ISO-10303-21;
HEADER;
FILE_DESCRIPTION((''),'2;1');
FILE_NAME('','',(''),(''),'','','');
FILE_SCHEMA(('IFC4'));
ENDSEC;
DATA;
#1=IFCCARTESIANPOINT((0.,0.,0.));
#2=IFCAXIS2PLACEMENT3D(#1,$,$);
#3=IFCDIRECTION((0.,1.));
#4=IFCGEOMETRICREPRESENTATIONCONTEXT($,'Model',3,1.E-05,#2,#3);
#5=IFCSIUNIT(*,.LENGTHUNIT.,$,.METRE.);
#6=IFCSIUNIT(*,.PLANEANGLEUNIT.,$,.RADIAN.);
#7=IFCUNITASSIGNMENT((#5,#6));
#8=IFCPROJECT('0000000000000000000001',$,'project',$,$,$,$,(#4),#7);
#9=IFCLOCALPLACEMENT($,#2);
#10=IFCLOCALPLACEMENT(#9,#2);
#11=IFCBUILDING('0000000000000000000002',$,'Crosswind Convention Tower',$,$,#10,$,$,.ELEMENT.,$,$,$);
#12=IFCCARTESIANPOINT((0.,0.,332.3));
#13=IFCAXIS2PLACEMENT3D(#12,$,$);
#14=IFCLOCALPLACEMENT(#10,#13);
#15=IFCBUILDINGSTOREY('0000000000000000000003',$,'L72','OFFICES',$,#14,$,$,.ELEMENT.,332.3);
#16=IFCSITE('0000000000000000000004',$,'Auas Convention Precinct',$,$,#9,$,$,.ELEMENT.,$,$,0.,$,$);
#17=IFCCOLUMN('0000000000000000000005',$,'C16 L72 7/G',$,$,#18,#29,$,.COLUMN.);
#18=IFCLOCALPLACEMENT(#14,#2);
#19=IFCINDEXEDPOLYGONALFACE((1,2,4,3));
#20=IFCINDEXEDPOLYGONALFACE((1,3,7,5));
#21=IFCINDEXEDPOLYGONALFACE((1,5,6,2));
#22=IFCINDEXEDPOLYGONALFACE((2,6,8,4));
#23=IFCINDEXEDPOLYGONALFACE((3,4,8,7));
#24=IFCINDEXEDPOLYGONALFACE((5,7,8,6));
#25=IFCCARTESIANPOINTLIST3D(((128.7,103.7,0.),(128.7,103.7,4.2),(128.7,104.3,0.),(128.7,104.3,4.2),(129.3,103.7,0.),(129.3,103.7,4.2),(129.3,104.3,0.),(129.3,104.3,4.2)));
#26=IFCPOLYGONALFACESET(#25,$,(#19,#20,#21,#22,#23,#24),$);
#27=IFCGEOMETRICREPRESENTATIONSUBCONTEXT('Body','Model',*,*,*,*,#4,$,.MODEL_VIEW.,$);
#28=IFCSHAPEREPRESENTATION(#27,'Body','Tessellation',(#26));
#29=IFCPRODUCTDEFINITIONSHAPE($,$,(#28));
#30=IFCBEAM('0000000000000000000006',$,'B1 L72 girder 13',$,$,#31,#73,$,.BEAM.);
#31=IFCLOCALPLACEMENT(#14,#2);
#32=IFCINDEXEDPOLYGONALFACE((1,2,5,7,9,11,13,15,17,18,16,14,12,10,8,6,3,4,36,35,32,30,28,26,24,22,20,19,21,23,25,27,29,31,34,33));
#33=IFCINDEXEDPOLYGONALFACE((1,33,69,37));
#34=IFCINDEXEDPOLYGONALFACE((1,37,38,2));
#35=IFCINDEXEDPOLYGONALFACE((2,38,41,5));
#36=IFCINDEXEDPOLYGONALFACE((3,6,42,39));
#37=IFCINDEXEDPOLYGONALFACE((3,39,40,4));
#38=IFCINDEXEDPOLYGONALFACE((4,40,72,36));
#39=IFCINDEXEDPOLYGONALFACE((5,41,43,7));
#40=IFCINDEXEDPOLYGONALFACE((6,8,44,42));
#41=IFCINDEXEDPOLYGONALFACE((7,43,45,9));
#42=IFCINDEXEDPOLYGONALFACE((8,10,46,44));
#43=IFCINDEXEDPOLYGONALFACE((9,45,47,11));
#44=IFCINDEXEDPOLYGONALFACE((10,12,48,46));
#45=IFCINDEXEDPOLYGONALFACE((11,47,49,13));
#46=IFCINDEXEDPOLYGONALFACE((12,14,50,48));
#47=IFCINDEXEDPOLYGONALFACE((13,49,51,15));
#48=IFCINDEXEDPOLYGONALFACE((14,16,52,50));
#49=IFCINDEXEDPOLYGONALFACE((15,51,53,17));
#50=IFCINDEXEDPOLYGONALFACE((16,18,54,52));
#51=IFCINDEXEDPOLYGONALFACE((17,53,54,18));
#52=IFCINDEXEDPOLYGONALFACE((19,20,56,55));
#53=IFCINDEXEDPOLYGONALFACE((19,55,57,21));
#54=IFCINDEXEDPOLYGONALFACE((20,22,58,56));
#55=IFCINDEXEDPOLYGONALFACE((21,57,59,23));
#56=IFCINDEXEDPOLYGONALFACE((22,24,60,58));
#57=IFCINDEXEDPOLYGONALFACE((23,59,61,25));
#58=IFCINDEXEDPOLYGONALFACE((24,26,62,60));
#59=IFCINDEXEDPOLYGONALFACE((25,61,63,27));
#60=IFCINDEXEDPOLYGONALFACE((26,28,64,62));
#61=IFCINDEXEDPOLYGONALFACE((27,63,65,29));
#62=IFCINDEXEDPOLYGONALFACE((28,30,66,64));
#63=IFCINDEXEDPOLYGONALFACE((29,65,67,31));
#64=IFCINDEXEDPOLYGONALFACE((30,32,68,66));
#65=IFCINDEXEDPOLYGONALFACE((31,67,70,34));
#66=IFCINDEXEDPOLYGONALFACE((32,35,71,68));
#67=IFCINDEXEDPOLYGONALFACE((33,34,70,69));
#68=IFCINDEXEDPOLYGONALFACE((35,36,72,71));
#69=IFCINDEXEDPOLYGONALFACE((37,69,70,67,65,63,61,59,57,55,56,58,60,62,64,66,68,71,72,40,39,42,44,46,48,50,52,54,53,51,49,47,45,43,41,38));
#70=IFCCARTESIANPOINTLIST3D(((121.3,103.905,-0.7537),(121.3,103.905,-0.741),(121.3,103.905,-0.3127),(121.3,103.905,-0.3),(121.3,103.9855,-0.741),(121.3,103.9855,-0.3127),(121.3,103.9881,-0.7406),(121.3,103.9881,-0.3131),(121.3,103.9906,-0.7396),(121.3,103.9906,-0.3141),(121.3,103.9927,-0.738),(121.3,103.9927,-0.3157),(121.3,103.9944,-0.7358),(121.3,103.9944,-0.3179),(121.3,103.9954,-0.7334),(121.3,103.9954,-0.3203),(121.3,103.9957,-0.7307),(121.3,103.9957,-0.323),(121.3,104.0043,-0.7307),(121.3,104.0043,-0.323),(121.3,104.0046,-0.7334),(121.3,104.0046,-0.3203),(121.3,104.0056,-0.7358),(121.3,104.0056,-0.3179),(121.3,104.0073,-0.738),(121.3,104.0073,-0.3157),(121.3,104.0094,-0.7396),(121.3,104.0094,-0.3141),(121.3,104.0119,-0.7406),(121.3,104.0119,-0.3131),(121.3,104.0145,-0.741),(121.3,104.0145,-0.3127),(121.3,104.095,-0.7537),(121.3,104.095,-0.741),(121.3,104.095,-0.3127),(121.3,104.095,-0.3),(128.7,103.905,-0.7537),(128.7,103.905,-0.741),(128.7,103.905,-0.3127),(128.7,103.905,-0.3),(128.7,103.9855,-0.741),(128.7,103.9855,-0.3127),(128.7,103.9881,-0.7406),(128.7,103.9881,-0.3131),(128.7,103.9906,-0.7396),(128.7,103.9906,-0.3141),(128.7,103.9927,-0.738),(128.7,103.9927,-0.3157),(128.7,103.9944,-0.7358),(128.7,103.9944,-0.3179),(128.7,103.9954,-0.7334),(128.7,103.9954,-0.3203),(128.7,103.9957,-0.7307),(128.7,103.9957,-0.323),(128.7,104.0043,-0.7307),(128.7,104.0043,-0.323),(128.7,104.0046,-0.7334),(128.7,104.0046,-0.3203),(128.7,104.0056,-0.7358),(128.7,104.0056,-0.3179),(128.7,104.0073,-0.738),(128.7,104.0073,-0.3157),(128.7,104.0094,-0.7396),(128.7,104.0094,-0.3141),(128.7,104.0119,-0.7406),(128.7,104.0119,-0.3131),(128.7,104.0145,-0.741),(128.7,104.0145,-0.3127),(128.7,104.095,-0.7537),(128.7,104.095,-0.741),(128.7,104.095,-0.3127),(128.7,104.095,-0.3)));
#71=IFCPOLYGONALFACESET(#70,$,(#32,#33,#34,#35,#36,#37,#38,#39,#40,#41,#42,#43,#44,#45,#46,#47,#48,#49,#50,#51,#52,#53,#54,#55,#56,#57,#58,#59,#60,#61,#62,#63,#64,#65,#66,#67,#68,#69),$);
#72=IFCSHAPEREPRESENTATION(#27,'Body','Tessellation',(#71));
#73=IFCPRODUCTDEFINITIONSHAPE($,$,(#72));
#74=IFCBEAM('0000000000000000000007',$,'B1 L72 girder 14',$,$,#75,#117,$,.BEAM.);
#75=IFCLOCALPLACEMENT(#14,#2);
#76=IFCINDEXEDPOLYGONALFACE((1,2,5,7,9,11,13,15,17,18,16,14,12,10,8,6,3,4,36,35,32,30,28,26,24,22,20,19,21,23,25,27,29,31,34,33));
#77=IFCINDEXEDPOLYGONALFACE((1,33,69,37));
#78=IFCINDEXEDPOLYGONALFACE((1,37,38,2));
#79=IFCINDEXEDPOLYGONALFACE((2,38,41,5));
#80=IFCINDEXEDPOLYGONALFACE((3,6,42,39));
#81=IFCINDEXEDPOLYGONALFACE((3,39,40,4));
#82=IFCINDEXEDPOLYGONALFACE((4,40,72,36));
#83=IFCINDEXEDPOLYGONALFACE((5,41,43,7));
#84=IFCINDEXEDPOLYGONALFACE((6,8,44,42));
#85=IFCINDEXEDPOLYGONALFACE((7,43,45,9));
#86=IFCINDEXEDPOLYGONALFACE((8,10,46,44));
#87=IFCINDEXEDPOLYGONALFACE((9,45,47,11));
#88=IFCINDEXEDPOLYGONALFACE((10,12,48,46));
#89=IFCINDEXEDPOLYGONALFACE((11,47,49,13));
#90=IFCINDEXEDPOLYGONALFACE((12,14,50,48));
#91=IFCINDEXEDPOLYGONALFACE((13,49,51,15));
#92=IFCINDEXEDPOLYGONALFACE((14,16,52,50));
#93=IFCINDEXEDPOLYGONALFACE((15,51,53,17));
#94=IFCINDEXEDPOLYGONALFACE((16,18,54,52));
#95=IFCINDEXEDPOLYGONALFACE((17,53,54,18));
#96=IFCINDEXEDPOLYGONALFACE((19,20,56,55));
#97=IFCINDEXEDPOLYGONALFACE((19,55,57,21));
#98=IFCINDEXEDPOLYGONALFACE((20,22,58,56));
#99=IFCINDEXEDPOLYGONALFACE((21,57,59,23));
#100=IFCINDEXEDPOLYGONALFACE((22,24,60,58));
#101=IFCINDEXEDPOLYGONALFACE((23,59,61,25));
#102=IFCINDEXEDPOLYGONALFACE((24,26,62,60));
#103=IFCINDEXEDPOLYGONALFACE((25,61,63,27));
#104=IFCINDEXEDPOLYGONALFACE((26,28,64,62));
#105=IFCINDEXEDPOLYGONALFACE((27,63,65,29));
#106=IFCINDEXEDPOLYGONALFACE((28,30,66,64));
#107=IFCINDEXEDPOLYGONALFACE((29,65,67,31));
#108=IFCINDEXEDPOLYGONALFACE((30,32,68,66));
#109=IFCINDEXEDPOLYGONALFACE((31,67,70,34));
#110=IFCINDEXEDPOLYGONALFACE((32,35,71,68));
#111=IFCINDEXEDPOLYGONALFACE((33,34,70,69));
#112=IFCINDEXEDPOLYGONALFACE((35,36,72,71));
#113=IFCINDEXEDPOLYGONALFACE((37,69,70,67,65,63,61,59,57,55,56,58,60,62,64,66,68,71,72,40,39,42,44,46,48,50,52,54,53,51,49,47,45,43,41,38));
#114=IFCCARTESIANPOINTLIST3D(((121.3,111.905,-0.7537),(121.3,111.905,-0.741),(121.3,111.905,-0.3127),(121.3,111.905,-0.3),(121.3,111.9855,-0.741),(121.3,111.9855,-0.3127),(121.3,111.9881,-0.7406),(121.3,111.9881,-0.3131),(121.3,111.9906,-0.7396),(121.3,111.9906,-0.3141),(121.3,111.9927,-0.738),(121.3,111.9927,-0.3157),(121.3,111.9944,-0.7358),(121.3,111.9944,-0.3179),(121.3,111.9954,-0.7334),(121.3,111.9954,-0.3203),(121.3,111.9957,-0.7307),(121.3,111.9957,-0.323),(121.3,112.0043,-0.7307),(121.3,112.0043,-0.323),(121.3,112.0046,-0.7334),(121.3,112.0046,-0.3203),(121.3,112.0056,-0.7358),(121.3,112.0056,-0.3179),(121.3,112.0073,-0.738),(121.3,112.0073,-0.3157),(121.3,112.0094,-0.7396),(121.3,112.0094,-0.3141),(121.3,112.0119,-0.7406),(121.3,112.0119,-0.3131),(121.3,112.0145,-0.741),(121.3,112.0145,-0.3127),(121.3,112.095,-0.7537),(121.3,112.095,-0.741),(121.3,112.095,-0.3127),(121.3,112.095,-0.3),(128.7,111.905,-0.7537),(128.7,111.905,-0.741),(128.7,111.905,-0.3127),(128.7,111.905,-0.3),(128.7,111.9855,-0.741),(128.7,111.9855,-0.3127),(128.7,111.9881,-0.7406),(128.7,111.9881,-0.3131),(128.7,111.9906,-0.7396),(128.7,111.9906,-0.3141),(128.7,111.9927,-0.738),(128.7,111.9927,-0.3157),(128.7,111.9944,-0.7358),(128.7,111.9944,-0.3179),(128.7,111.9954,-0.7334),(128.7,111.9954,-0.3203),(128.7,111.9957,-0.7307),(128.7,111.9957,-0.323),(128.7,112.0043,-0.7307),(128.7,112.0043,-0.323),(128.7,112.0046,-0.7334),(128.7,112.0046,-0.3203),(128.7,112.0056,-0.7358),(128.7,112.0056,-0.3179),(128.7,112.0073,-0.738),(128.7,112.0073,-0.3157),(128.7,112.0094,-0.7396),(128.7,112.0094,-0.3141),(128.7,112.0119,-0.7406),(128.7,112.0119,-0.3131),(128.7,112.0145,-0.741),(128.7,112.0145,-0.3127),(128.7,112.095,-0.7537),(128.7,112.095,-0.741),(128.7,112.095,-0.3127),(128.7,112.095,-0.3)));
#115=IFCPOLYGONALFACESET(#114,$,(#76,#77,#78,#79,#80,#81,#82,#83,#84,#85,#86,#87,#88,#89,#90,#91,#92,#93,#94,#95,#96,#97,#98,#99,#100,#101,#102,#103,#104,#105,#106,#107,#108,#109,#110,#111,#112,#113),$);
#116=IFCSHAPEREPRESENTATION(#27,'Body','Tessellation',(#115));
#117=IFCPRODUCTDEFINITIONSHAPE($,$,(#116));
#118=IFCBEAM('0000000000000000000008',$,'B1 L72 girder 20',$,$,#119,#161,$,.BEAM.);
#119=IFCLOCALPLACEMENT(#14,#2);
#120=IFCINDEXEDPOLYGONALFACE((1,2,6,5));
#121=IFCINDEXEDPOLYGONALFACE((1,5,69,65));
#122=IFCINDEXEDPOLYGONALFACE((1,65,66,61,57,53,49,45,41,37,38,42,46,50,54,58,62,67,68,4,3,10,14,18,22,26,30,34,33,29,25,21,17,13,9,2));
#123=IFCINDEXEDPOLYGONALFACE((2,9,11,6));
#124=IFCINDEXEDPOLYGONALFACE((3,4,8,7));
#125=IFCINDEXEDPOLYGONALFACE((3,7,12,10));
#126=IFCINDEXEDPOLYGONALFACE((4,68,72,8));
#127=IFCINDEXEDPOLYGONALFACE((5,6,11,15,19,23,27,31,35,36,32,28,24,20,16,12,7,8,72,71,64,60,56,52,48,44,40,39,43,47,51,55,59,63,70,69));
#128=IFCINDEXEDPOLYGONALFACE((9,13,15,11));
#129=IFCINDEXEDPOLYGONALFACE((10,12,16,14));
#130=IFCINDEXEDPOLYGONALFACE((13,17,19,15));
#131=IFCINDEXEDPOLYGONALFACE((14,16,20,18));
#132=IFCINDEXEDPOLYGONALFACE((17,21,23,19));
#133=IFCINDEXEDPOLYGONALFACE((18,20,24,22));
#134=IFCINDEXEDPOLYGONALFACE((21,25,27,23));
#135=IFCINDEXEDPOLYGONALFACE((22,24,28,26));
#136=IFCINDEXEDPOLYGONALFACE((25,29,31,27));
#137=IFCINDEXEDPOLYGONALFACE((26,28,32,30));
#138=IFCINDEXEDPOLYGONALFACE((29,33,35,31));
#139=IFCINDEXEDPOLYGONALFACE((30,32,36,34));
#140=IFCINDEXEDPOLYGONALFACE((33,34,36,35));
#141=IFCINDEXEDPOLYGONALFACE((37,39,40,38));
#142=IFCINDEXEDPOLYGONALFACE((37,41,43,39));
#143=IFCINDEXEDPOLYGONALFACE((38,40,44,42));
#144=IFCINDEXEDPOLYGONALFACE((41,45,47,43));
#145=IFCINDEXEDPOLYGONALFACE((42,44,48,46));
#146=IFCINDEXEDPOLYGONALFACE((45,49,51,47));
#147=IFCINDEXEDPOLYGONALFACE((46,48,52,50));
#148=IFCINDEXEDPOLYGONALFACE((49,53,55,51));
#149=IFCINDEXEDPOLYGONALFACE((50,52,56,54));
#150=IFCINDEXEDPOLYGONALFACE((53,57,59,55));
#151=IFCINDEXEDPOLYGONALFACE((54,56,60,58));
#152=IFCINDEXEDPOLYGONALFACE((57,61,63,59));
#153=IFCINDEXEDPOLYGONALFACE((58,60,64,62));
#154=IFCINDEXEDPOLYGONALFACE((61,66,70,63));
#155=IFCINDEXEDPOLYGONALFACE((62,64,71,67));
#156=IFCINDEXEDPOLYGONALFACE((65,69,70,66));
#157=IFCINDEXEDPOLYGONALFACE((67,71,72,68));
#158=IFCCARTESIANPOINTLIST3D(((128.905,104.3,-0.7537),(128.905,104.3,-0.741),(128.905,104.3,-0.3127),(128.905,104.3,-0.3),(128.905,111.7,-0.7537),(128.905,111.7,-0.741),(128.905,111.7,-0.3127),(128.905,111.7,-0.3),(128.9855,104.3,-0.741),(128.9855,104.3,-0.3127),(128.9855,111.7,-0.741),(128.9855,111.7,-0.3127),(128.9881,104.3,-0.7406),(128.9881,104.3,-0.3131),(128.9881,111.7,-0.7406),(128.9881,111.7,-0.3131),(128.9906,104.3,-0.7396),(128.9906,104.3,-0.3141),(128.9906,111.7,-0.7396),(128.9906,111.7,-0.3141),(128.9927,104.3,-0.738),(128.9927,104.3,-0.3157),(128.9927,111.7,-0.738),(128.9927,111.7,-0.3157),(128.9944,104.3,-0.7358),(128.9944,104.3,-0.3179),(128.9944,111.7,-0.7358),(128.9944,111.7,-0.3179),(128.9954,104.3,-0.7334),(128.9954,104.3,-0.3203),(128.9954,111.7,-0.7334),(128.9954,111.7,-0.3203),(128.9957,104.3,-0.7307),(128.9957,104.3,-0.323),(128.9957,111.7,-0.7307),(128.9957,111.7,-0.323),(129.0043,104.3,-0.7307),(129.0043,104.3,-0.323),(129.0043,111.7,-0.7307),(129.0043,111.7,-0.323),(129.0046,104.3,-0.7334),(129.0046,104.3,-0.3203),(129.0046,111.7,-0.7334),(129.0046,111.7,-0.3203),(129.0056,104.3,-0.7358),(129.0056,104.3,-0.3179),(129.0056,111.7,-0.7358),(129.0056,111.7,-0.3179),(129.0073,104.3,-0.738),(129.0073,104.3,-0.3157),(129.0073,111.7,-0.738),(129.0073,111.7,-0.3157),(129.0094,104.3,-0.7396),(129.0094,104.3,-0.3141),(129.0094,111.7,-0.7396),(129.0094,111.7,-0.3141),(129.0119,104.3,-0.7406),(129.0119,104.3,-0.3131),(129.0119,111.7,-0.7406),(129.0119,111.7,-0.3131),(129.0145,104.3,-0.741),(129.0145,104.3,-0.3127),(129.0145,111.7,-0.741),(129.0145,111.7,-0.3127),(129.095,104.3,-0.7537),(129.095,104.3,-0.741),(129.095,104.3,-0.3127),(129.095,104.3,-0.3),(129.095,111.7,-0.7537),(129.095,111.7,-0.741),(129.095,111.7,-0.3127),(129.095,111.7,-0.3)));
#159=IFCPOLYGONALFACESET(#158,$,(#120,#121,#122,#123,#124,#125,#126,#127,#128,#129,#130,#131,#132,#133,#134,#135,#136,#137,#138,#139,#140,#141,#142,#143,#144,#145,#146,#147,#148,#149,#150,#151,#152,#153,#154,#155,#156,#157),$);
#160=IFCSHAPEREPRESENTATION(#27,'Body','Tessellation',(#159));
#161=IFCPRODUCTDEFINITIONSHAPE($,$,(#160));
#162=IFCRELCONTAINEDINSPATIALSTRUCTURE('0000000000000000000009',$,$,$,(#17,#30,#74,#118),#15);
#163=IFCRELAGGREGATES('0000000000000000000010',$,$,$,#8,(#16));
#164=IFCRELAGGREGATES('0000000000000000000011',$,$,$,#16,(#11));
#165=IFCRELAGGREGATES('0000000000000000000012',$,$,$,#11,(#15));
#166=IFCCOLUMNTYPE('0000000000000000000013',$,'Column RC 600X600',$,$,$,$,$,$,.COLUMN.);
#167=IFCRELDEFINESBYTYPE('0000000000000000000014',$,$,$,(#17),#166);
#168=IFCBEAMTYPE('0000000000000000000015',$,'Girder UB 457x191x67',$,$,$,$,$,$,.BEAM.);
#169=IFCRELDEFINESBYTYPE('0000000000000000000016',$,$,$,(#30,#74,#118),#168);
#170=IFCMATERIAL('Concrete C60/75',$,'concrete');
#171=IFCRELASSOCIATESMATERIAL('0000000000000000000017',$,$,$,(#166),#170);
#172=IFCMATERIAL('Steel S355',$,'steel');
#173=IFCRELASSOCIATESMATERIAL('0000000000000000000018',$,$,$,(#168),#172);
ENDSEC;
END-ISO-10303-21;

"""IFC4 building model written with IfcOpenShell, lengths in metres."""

from ifc_helpers import new_model, si_unit, direction, frame, origin, origin_2d, place, context, subcontext, project, spatial, rectangle, i_section, extrude, material, material_profile, profile_set, type_object, element, save


model = new_model("IFC4")

# Units and contexts
model_context = context("Model", 3, precision=1e-05, world=origin(), true_north=direction((0.0, 1.0)))
body_context = subcontext(model_context, "Body", "Model", "MODEL_VIEW")
ifc_project = project(units=[si_unit("LENGTHUNIT", "METRE"), si_unit("PLANEANGLEUNIT", "RADIAN")], contexts=[model_context])

# Site, building, storey
site_placement = place(None, origin())
site = spatial("IfcSite", under=ifc_project, at=site_placement, Name="Auas Convention Precinct", CompositionType="ELEMENT", RefElevation=0.0)
building_placement = place(site_placement, origin())
building = spatial("IfcBuilding", under=site, at=building_placement, Name="Crosswind Convention Tower", CompositionType="ELEMENT")
storey_placement = place(building_placement, frame((0.0, 0.0, 332.3)))
storey = spatial("IfcBuildingStorey", under=building, at=storey_placement, Name="L72", Description="OFFICES", CompositionType="ELEMENT", Elevation=332.3)

# Column
ifc_material_1 = material(Name="Concrete C60/75", Category="concrete")
ifc_material_profile_1 = material_profile(ifc_material_1, rectangle(XDim=0.6001, YDim=0.6001, at=origin_2d()), Name="RC 600X600")
ifc_profile_set_1 = profile_set([ifc_material_profile_1], Name="Concrete C60/75")
column_type = type_object("IfcColumnType", Name="Column RC 600X600", PredefinedType="COLUMN", material=ifc_profile_set_1)
column_placement = place(storey_placement, frame((129.0, 104.0, 0.0), z_axis=(0.0, 0.0, 1.0), x_axis=(1.0, 0.0, 0.0)))
element("IfcColumn", 1, at=column_placement, inside=storey, type_object=column_type, Name="C16 L72 7/G", PredefinedType="COLUMN", context=body_context, shape_type="SweptSolid", body=[
    extrude(rectangle(XDim=0.6001, YDim=0.6001, at=origin_2d()), origin(), (0.0, 0.0, 1.0), 4.2),
])

# Beams
ifc_material_2 = material(Name="Steel S355", Category="steel")
ifc_material_profile_2 = material_profile(ifc_material_2, i_section(OverallWidth=0.1899, OverallDepth=0.4536, WebThickness=0.0085, FlangeThickness=0.0127, FilletRadius=0.0103, at=origin_2d()), Name="UB 457x191x67")
ifc_profile_set_2 = profile_set([ifc_material_profile_2], Name="Steel S355")
beam_type_1 = type_object("IfcBeamType", Name="Girder UB 457x191x67", PredefinedType="BEAM", material=ifc_profile_set_2)
for number, where, z_axis, x_axis, name in (
    (2, (121.3, 104.0, -0.5269), (1.0, 0.0, 0.0), (0.0, 1.0, 0.0), "B1 L72 girder 13"),
    (3, (121.3, 112.0, -0.5269), (1.0, 0.0, 0.0), (0.0, 1.0, 0.0), "B1 L72 girder 14"),
    (4, (129.0, 104.3, -0.5269), (0.0, 1.0, 0.0), (-1.0, 0.0, 0.0), "B1 L72 girder 20"),
):
    element("IfcBeam", number, at=place(storey_placement, frame(where, z_axis=z_axis, x_axis=x_axis)), inside=storey, type_object=beam_type_1, Name=name, PredefinedType="BEAM", context=body_context, shape_type="SweptSolid", body=[
        extrude(i_section(OverallWidth=0.1899, OverallDepth=0.4536, WebThickness=0.0085, FlangeThickness=0.0127, FilletRadius=0.0103, at=origin_2d()), origin(), (0.0, 0.0, 1.0), 7.3999),
    ])

save(model, "model.ifc")
